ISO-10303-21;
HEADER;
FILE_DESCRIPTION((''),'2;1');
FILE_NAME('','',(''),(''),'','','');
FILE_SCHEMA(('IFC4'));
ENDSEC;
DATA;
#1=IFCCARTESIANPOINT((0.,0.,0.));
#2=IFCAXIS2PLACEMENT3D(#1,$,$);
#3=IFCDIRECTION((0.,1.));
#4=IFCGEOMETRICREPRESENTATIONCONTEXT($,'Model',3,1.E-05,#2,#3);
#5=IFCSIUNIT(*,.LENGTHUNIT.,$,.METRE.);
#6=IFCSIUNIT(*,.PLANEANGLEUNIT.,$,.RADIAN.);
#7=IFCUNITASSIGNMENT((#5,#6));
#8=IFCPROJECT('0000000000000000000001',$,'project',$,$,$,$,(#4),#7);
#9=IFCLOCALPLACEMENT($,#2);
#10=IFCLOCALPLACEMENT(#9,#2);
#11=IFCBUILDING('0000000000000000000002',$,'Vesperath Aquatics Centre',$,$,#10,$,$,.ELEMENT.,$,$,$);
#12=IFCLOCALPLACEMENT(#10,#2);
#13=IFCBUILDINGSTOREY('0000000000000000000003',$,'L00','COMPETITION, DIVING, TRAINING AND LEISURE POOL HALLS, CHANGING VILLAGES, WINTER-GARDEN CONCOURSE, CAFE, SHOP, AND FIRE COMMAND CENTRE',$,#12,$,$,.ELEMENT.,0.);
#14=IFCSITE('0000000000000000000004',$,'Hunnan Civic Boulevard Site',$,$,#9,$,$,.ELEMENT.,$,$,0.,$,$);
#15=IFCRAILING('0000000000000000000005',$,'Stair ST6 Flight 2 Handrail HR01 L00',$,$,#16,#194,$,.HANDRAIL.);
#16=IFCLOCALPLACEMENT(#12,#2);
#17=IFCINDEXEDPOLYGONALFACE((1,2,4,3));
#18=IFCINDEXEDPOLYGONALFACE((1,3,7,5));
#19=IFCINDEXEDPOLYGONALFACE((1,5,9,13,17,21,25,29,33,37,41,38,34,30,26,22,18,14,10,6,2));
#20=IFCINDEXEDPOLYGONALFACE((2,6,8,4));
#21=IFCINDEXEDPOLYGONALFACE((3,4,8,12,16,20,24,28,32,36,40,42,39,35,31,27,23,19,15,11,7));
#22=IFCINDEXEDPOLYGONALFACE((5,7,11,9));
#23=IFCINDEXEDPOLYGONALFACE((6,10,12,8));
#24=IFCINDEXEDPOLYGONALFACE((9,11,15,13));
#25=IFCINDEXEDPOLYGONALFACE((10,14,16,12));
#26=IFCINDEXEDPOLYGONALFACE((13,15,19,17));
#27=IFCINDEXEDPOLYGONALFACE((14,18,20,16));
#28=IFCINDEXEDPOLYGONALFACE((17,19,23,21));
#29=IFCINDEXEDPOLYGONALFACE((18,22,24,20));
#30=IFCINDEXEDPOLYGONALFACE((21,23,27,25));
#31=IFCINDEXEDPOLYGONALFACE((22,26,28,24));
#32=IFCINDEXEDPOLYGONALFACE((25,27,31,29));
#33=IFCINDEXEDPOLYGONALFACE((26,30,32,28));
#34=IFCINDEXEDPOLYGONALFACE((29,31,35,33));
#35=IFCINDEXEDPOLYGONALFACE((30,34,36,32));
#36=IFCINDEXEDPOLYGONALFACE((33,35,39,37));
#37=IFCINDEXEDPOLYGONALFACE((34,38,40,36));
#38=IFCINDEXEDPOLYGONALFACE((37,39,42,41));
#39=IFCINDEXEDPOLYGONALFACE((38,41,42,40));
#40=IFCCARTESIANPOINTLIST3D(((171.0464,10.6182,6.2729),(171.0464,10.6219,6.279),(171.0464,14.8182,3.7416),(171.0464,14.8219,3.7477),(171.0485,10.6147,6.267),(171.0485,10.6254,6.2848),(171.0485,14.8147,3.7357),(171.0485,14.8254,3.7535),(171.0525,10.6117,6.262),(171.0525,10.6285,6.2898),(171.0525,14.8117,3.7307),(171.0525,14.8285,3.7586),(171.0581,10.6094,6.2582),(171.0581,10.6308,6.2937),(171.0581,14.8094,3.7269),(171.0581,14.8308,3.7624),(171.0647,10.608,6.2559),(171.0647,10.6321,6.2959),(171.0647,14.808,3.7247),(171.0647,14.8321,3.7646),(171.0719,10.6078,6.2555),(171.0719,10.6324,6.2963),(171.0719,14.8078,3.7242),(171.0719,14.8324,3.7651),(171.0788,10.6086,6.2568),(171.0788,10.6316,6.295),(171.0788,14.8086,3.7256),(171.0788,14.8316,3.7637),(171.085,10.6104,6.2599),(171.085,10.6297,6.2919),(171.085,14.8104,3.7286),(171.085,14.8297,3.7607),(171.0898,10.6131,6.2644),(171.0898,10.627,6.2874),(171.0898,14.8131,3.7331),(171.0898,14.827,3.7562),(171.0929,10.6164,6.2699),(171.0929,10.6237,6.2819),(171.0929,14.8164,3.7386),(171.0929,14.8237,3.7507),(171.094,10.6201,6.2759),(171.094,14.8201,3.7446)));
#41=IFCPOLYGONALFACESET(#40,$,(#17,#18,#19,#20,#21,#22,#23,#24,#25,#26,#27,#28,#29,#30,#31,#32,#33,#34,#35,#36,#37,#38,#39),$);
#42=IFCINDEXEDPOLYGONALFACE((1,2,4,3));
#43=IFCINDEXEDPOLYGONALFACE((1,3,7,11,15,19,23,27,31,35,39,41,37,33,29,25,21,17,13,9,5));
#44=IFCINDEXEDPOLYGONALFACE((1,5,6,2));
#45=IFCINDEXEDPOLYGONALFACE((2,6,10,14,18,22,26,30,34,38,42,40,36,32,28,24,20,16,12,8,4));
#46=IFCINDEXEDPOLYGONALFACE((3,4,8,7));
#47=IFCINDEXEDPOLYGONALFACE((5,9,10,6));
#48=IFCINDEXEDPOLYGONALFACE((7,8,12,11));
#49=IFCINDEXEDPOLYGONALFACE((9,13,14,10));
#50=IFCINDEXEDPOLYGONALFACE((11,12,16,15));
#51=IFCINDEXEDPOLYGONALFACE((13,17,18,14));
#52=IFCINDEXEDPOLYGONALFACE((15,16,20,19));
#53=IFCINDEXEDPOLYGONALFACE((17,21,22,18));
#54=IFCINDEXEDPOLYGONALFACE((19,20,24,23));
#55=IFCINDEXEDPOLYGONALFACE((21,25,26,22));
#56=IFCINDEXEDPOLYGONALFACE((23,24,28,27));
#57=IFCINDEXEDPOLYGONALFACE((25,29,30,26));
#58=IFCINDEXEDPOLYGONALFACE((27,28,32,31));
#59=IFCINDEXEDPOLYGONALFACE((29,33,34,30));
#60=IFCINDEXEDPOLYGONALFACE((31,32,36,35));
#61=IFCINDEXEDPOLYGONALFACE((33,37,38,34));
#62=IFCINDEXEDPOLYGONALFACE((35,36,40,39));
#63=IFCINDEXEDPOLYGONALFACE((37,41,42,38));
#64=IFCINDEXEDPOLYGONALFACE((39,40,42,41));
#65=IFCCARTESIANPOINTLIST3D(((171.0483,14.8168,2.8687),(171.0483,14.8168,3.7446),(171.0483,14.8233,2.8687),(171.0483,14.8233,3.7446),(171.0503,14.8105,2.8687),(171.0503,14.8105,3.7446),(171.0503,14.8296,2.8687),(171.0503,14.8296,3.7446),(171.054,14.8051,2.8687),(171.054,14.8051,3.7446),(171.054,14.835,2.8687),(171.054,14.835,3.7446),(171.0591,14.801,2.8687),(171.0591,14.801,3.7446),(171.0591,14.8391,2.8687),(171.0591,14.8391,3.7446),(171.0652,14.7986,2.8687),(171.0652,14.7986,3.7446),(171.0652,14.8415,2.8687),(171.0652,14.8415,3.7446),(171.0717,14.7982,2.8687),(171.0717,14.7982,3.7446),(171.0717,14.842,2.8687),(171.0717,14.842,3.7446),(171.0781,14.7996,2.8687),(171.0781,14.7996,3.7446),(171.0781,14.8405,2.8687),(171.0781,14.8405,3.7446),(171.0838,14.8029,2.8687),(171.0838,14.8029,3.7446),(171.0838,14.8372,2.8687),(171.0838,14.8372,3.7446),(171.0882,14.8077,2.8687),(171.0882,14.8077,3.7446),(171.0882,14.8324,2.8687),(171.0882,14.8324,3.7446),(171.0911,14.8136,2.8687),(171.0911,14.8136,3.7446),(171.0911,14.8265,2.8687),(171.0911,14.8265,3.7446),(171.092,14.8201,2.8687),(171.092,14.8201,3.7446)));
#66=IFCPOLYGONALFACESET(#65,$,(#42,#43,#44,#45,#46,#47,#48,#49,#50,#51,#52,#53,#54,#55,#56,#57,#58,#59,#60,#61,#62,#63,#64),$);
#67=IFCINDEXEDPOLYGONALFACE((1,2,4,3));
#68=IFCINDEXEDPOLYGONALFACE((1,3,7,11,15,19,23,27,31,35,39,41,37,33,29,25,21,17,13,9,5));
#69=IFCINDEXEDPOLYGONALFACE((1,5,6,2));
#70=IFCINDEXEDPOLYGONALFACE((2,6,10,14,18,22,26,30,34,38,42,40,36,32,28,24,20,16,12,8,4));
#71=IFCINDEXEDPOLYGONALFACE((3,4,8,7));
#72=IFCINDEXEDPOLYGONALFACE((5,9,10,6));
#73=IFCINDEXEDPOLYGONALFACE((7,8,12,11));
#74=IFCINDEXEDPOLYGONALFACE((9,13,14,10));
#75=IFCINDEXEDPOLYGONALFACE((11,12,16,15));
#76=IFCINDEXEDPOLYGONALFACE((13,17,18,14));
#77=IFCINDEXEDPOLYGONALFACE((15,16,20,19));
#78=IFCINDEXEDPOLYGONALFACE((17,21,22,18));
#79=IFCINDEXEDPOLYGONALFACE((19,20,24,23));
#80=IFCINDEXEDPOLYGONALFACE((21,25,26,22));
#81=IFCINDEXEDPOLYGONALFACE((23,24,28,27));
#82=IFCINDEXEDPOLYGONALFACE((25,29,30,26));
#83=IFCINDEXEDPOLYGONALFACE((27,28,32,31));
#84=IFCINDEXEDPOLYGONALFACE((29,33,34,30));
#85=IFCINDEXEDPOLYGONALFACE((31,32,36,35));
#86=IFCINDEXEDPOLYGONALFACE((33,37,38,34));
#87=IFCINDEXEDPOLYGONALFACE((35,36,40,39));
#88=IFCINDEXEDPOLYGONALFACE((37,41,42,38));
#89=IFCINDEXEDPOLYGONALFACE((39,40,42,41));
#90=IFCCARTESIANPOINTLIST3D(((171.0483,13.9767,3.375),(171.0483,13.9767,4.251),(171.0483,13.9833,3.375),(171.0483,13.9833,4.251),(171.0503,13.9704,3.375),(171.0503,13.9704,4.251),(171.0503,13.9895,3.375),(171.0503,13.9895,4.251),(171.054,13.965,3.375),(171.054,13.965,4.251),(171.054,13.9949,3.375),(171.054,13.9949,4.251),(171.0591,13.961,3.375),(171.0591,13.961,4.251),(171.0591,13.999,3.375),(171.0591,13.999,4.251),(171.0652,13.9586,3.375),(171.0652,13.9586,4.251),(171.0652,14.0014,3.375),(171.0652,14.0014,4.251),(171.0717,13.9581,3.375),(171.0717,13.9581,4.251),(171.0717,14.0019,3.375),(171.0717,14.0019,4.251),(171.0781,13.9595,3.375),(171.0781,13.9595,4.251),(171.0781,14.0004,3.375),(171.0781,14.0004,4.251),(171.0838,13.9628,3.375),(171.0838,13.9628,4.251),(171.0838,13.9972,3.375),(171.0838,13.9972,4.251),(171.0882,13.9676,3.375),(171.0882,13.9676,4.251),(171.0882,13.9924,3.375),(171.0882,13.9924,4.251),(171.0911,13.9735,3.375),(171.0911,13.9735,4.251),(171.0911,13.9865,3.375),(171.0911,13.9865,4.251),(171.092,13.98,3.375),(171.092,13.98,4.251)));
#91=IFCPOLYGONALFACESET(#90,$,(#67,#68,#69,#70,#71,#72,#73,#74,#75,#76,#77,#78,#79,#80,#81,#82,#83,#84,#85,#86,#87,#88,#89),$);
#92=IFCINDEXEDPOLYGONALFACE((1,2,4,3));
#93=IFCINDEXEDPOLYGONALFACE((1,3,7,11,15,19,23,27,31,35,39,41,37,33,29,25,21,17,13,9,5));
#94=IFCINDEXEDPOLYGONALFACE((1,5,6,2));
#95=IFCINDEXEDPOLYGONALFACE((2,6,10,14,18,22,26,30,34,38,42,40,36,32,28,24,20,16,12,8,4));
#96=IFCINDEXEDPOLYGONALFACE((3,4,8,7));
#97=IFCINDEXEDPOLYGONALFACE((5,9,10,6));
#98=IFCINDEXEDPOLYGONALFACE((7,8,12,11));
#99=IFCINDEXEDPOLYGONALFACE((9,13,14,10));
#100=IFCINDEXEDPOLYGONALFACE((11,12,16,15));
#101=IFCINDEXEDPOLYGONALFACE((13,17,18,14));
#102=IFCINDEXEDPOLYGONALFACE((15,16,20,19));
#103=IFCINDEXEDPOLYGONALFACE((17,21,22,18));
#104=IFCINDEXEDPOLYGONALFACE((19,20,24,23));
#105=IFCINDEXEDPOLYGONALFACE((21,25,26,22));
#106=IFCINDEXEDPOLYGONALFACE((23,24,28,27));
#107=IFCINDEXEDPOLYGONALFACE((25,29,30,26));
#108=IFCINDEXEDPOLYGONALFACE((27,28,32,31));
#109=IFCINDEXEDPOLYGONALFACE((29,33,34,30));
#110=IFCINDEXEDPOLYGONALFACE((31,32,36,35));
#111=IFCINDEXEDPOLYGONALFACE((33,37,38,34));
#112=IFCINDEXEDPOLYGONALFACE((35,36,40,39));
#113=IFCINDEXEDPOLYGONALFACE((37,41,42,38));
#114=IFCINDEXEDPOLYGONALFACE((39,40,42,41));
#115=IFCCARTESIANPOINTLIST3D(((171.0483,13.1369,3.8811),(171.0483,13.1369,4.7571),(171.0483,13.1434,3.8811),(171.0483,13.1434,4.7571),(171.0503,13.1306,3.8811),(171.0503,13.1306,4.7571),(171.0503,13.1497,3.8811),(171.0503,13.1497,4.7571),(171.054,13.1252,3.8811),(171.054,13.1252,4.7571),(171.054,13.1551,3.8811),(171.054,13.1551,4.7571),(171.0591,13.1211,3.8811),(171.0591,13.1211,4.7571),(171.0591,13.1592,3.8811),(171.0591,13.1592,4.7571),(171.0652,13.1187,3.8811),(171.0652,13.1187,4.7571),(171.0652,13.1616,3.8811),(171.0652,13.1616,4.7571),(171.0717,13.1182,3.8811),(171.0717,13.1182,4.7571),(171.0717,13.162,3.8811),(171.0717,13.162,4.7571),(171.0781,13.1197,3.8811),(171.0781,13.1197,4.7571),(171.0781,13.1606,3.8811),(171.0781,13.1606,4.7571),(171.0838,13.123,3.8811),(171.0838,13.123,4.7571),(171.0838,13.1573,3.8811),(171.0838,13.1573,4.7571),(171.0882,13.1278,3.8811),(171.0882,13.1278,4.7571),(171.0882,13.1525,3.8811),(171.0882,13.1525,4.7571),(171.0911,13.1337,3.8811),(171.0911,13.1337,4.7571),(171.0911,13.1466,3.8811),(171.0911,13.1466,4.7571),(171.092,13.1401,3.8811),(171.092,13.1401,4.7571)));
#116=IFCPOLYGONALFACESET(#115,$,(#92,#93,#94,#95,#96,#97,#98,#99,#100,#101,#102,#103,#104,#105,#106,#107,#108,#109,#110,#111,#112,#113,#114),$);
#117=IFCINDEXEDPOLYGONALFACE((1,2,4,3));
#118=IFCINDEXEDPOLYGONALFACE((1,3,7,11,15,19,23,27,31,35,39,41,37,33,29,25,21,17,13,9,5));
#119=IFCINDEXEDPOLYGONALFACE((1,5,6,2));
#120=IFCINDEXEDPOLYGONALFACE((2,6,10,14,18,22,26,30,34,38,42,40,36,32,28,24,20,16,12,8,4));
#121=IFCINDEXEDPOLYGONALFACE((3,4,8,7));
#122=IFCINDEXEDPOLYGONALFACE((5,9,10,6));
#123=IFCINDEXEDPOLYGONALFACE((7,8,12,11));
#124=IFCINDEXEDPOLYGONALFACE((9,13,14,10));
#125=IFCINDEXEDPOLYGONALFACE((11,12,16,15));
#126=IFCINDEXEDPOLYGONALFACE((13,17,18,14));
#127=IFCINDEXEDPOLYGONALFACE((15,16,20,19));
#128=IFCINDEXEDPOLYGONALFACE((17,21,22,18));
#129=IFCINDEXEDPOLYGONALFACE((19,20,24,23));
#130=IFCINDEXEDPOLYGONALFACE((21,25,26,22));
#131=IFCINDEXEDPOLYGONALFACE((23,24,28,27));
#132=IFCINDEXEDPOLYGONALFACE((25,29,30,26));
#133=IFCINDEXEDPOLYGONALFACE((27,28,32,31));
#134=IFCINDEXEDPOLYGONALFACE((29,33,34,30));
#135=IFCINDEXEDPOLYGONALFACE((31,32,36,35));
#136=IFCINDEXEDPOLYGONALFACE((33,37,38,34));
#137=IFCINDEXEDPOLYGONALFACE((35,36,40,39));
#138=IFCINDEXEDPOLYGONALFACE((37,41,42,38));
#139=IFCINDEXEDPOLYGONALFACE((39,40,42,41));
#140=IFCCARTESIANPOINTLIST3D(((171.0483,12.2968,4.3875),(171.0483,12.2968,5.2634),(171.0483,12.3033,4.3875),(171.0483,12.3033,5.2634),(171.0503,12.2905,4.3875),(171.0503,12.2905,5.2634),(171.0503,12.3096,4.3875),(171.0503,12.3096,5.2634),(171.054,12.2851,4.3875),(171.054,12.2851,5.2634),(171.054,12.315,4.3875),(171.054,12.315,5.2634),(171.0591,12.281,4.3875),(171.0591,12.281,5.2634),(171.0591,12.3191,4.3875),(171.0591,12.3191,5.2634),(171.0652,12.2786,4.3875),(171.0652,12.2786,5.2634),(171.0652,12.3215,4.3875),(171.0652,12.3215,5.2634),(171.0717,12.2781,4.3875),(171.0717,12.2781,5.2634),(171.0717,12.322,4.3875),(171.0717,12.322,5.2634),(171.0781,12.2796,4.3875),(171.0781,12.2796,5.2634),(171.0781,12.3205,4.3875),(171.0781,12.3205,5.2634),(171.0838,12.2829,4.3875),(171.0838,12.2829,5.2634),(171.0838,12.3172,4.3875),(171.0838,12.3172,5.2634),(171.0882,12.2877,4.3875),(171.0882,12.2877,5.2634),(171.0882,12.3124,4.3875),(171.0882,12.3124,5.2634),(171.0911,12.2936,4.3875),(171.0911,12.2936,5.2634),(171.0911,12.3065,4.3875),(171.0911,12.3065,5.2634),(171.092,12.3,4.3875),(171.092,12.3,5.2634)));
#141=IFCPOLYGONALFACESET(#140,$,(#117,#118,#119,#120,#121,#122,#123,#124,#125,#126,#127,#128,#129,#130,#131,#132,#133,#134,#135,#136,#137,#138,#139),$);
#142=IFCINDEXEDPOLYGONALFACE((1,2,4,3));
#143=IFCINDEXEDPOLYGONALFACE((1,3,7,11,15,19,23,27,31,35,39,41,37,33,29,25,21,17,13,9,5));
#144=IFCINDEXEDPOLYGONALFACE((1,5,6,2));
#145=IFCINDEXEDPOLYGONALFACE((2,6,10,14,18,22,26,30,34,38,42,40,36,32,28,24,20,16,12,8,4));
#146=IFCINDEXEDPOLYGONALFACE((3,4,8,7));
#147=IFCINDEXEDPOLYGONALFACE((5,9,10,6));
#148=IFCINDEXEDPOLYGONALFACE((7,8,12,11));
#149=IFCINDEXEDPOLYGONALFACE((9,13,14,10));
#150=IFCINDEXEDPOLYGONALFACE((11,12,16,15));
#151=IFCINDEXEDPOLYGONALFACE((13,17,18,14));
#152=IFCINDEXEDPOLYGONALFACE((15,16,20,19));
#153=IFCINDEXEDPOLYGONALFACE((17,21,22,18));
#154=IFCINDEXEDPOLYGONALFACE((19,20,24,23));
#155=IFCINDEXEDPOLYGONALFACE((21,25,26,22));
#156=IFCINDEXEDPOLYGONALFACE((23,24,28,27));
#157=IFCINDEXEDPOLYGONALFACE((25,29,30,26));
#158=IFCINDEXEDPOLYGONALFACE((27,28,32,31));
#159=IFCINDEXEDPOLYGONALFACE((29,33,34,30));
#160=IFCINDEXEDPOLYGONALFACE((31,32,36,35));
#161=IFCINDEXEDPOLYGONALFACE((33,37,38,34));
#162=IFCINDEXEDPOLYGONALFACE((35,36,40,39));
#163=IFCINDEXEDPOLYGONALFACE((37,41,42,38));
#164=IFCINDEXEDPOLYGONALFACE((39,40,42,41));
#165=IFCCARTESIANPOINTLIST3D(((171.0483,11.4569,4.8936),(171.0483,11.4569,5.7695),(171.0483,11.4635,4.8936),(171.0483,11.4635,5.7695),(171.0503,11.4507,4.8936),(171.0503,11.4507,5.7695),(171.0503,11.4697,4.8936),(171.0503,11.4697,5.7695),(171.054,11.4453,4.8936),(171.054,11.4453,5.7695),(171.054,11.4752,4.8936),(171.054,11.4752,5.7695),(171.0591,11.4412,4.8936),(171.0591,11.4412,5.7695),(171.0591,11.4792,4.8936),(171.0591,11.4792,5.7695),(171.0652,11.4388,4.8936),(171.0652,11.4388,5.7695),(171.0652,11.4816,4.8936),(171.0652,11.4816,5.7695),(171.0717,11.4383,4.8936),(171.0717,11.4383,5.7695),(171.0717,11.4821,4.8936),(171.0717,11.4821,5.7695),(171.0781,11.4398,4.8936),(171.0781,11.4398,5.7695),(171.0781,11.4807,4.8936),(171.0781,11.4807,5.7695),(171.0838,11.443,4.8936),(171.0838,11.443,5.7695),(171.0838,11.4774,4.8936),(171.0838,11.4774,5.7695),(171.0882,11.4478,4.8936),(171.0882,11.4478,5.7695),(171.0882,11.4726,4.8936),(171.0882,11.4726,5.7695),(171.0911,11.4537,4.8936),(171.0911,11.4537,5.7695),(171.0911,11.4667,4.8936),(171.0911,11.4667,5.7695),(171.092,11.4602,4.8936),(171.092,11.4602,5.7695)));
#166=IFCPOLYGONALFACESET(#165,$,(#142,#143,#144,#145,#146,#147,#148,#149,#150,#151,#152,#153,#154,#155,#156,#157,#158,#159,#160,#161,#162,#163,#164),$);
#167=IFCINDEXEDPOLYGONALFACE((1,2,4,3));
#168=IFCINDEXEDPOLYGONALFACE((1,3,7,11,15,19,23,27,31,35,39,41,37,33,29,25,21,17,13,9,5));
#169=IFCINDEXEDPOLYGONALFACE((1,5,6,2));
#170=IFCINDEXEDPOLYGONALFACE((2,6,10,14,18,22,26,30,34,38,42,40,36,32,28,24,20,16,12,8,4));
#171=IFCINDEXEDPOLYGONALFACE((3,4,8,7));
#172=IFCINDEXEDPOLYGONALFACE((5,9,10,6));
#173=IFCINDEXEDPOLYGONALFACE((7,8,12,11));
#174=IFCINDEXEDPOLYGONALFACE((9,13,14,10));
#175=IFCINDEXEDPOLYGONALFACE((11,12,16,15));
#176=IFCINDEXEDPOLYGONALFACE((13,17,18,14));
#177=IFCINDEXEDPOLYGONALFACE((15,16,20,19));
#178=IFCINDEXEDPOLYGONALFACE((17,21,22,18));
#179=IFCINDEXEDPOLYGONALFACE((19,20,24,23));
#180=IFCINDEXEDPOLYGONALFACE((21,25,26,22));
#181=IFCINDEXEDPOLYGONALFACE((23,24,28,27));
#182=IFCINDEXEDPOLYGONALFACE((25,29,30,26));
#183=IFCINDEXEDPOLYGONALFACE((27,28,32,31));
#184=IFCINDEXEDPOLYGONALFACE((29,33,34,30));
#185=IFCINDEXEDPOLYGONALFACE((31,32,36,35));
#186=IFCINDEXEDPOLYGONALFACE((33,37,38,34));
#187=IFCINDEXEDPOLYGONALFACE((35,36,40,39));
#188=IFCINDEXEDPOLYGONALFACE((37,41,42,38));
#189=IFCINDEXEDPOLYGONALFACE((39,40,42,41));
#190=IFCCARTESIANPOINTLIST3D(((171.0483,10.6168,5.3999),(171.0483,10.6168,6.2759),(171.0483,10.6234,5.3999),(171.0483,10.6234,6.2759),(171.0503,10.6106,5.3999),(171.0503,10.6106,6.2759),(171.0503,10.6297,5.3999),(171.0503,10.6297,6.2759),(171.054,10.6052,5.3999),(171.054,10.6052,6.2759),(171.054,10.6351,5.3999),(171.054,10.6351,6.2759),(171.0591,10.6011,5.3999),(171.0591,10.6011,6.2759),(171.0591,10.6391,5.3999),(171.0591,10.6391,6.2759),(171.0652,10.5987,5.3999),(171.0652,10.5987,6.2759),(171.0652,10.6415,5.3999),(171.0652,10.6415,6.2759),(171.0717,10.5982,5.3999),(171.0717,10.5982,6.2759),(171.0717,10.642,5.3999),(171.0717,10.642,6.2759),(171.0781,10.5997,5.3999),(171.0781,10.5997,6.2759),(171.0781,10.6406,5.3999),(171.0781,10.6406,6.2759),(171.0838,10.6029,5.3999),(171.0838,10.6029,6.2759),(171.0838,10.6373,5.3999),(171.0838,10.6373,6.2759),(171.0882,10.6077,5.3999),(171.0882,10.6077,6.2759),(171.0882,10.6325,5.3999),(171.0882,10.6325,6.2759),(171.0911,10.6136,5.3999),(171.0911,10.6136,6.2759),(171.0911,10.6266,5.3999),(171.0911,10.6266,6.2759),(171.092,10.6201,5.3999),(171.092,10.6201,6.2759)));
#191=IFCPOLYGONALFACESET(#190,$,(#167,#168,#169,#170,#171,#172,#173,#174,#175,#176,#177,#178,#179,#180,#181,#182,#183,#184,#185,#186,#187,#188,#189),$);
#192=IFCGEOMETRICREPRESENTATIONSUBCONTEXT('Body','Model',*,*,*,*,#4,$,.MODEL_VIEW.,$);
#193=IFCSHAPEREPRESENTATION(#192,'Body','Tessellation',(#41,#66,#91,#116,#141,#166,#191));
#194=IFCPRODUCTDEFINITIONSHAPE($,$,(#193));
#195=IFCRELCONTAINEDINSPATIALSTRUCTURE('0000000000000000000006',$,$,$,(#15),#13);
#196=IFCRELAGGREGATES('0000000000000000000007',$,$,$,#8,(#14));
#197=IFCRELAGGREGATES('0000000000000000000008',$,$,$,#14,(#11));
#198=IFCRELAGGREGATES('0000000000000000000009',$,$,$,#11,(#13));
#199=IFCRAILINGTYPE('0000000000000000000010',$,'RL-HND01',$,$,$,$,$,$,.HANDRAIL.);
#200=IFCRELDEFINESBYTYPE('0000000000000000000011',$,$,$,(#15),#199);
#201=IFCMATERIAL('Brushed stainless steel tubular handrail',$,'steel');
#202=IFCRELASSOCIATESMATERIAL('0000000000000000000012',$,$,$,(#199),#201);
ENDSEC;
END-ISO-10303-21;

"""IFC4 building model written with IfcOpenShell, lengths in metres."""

from ifc_helpers import new_model, si_unit, direction, frame, origin, origin_2d, place, context, subcontext, project, spatial, circle, extrude, material, type_object, element, save


model = new_model("IFC4")

# Units and contexts
model_context = context("Model", 3, precision=1e-05, world=origin(), true_north=direction((0.0, 1.0)))
body_context = subcontext(model_context, "Body", "Model", "MODEL_VIEW")
ifc_project = project(units=[si_unit("LENGTHUNIT", "METRE"), si_unit("PLANEANGLEUNIT", "RADIAN")], contexts=[model_context])

# Site, building, storey
site_placement = place(None, origin())
site = spatial("IfcSite", under=ifc_project, at=site_placement, Name="Hunnan Civic Boulevard Site", CompositionType="ELEMENT", RefElevation=0.0)
building_placement = place(site_placement, origin())
building = spatial("IfcBuilding", under=site, at=building_placement, Name="Vesperath Aquatics Centre", CompositionType="ELEMENT")
storey_placement = place(building_placement, origin())
storey = spatial("IfcBuildingStorey", under=building, at=storey_placement, Name="L00", Description="COMPETITION, DIVING, TRAINING AND LEISURE POOL HALLS, CHANGING VILLAGES, WINTER-GARDEN CONCOURSE, CAFE, SHOP, AND FIRE COMMAND CENTRE", CompositionType="ELEMENT", Elevation=0.0)

# Railing
ifc_material_1 = material(Name="Brushed stainless steel tubular handrail", Category="steel")
railing_type_1 = type_object("IfcRailingType", Name="RL-HND01", PredefinedType="HANDRAIL", material=ifc_material_1)
railing_1_placement = place(storey_placement, frame((171.0701, 14.8201, 2.8687)))
element("IfcRailing", 1, at=railing_1_placement, inside=storey, type_object=railing_type_1, Name="Stair ST6 Flight 2 Handrail HR01 L00", PredefinedType="HANDRAIL", context=body_context, shape_type="SweptSolid", body=[
    extrude(circle(Radius=0.0239, at=origin_2d()), frame((0.0, 0.0, 0.876), z_axis=(0.0, -0.856476, 0.516186), x_axis=(1.0, 0.0, 0.0)), (0.0, 0.0, 1.0), 4.9038),
    extrude(circle(Radius=0.022, at=origin_2d()), origin(), (0.0, 0.0, 1.0), 0.876),
    extrude(circle(Radius=0.022, at=origin_2d()), frame((0.0, -0.8401, 0.5063)), (0.0, 0.0, 1.0), 0.876),
    extrude(circle(Radius=0.022, at=origin_2d()), frame((0.0, -1.6799, 1.0125)), (0.0, 0.0, 1.0), 0.876),
    extrude(circle(Radius=0.022, at=origin_2d()), frame((0.0, -2.52, 1.5188)), (0.0, 0.0, 1.0), 0.876),
    extrude(circle(Radius=0.022, at=origin_2d()), frame((0.0, -3.3599, 2.0249)), (0.0, 0.0, 1.0), 0.876),
    extrude(circle(Radius=0.022, at=origin_2d()), frame((0.0, -4.2, 2.5312)), (0.0, 0.0, 1.0), 0.876),
])

save(model, "model.ifc")
